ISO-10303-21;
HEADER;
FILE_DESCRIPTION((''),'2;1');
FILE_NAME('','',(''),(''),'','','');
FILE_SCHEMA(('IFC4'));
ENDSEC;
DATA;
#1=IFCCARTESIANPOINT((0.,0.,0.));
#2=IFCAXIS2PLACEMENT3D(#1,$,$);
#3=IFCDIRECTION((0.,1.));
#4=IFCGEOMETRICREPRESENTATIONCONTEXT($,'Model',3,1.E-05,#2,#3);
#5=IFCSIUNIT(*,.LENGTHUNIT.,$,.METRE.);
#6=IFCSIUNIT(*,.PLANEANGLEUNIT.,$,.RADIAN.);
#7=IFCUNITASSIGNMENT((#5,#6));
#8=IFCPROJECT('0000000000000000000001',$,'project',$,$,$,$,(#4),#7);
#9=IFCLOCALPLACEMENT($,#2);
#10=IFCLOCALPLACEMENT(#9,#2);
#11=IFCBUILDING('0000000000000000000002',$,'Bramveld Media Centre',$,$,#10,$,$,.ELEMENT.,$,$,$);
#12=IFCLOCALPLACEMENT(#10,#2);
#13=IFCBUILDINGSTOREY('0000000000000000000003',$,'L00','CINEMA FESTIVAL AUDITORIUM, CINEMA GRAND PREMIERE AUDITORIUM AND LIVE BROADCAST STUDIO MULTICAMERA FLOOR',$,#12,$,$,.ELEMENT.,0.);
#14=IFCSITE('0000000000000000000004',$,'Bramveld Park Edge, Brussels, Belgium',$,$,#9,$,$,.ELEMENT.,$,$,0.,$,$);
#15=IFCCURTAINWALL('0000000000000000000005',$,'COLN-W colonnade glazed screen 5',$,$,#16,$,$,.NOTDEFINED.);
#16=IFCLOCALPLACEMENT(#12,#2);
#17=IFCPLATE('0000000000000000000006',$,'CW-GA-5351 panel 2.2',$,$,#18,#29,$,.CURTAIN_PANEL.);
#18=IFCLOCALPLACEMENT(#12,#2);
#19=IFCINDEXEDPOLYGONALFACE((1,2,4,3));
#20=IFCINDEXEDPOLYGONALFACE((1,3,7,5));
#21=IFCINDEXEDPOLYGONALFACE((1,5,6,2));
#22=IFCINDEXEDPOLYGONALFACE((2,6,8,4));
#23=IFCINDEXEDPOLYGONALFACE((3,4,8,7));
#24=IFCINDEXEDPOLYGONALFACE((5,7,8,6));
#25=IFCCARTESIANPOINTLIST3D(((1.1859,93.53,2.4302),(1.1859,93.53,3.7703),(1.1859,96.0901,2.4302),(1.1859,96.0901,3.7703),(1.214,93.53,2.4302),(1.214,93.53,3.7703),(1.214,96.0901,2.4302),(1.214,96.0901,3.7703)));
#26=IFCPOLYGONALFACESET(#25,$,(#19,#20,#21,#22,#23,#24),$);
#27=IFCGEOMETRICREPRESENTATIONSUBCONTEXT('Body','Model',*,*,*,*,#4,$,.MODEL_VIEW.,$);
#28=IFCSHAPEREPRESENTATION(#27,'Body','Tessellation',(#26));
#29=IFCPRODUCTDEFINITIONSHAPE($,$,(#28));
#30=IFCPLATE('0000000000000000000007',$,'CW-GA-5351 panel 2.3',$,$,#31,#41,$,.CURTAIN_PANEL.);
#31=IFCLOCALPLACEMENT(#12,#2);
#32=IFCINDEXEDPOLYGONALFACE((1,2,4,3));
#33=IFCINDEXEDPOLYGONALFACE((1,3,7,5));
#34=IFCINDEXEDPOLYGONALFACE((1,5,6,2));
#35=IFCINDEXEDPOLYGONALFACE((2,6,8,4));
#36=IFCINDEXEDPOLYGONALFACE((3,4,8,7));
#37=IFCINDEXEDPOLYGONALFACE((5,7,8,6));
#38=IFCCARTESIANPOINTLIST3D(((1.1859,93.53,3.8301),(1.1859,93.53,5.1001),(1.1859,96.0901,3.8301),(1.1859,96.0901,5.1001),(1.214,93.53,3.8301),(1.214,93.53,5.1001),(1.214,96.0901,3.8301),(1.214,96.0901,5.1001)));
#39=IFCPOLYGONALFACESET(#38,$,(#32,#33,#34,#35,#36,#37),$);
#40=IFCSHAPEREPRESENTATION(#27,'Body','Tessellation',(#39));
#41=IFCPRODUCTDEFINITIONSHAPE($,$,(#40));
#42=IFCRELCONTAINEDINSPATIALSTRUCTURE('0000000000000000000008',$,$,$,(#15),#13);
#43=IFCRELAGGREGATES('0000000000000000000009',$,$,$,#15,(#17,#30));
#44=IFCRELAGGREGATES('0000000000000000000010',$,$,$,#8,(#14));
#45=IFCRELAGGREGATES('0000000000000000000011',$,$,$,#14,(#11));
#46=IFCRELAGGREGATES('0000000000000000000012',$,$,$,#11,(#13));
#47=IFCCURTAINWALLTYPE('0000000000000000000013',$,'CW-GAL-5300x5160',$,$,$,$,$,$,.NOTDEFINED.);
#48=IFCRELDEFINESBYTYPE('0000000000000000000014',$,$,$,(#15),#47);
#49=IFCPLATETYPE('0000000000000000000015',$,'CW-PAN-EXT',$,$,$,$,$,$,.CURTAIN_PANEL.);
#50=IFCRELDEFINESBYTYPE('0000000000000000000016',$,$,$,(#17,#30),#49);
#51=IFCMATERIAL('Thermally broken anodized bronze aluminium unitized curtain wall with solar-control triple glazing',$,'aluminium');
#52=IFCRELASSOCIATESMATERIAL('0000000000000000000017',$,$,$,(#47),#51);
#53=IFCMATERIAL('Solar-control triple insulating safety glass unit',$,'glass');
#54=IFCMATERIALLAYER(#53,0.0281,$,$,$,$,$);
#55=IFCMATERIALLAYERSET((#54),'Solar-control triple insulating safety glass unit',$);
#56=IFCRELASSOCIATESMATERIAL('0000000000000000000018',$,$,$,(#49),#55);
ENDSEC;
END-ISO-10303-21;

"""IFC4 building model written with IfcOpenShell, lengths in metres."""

from ifc_helpers import new_model, si_unit, direction, frame, origin, origin_2d, place, context, subcontext, project, spatial, rectangle, extrude, material, layer, layer_set, type_object, element, aggregate, save


model = new_model("IFC4")

# Units and contexts
model_context = context("Model", 3, precision=1e-05, world=origin(), true_north=direction((0.0, 1.0)))
body_context = subcontext(model_context, "Body", "Model", "MODEL_VIEW")
ifc_project = project(units=[si_unit("LENGTHUNIT", "METRE"), si_unit("PLANEANGLEUNIT", "RADIAN")], contexts=[model_context])

# Site, building, storey
site_placement = place(None, origin())
site = spatial("IfcSite", under=ifc_project, at=site_placement, Name="Bramveld Park Edge, Brussels, Belgium", CompositionType="ELEMENT", RefElevation=0.0)
building_placement = place(site_placement, origin())
building = spatial("IfcBuilding", under=site, at=building_placement, Name="Bramveld Media Centre", CompositionType="ELEMENT")
storey_placement = place(building_placement, origin())
storey = spatial("IfcBuildingStorey", under=building, at=storey_placement, Name="L00", Description="CINEMA FESTIVAL AUDITORIUM, CINEMA GRAND PREMIERE AUDITORIUM AND LIVE BROADCAST STUDIO MULTICAMERA FLOOR", CompositionType="ELEMENT", Elevation=0.0)

# Curtain wall
ifc_material_1 = material(Name="Thermally broken anodized bronze aluminium unitized curtain wall with solar-control triple glazing", Category="aluminium")
curtain_wall_type_1 = type_object("IfcCurtainWallType", Name="CW-GAL-5300x5160", PredefinedType="NOTDEFINED", material=ifc_material_1)
curtain_wall_1_placement = place(storey_placement, origin())
curtain_wall_1 = element("IfcCurtainWall", 1, at=curtain_wall_1_placement, inside=storey, type_object=curtain_wall_type_1, Name="COLN-W colonnade glazed screen 5", PredefinedType="NOTDEFINED")

# Plates
ifc_material_2 = material(Name="Solar-control triple insulating safety glass unit", Category="glass")
ifc_layer = layer(ifc_material_2, 0.0281)
ifc_layer_set = layer_set([ifc_layer], Name="Solar-control triple insulating safety glass unit")
plate_type = type_object("IfcPlateType", Name="CW-PAN-EXT", PredefinedType="CURTAIN_PANEL", material=ifc_layer_set)
plate_1_placement = place(storey_placement, frame((1.2, 94.8101, 2.4302), z_axis=(0.0, 0.0, 1.0), x_axis=(0.0, 1.0, 0.0)))
plate_1 = element("IfcPlate", 2, at=plate_1_placement, type_object=plate_type, Name="CW-GA-5351 panel 2.2", PredefinedType="CURTAIN_PANEL", context=body_context, shape_type="SweptSolid", body=[
    extrude(rectangle(XDim=2.5601, YDim=0.0281, at=origin_2d()), origin(), (0.0, 0.0, 1.0), 1.3401),
])
plate_2_placement = place(storey_placement, frame((1.2, 94.8101, 3.8301), z_axis=(0.0, 0.0, 1.0), x_axis=(0.0, 1.0, 0.0)))
plate_2 = element("IfcPlate", 3, at=plate_2_placement, type_object=plate_type, Name="CW-GA-5351 panel 2.3", PredefinedType="CURTAIN_PANEL", context=body_context, shape_type="SweptSolid", body=[
    extrude(rectangle(XDim=2.5601, YDim=0.0281, at=origin_2d()), origin(), (0.0, 0.0, 1.0), 1.27),
])
aggregate(curtain_wall_1, [plate_1, plate_2])

save(model, "model.ifc")
